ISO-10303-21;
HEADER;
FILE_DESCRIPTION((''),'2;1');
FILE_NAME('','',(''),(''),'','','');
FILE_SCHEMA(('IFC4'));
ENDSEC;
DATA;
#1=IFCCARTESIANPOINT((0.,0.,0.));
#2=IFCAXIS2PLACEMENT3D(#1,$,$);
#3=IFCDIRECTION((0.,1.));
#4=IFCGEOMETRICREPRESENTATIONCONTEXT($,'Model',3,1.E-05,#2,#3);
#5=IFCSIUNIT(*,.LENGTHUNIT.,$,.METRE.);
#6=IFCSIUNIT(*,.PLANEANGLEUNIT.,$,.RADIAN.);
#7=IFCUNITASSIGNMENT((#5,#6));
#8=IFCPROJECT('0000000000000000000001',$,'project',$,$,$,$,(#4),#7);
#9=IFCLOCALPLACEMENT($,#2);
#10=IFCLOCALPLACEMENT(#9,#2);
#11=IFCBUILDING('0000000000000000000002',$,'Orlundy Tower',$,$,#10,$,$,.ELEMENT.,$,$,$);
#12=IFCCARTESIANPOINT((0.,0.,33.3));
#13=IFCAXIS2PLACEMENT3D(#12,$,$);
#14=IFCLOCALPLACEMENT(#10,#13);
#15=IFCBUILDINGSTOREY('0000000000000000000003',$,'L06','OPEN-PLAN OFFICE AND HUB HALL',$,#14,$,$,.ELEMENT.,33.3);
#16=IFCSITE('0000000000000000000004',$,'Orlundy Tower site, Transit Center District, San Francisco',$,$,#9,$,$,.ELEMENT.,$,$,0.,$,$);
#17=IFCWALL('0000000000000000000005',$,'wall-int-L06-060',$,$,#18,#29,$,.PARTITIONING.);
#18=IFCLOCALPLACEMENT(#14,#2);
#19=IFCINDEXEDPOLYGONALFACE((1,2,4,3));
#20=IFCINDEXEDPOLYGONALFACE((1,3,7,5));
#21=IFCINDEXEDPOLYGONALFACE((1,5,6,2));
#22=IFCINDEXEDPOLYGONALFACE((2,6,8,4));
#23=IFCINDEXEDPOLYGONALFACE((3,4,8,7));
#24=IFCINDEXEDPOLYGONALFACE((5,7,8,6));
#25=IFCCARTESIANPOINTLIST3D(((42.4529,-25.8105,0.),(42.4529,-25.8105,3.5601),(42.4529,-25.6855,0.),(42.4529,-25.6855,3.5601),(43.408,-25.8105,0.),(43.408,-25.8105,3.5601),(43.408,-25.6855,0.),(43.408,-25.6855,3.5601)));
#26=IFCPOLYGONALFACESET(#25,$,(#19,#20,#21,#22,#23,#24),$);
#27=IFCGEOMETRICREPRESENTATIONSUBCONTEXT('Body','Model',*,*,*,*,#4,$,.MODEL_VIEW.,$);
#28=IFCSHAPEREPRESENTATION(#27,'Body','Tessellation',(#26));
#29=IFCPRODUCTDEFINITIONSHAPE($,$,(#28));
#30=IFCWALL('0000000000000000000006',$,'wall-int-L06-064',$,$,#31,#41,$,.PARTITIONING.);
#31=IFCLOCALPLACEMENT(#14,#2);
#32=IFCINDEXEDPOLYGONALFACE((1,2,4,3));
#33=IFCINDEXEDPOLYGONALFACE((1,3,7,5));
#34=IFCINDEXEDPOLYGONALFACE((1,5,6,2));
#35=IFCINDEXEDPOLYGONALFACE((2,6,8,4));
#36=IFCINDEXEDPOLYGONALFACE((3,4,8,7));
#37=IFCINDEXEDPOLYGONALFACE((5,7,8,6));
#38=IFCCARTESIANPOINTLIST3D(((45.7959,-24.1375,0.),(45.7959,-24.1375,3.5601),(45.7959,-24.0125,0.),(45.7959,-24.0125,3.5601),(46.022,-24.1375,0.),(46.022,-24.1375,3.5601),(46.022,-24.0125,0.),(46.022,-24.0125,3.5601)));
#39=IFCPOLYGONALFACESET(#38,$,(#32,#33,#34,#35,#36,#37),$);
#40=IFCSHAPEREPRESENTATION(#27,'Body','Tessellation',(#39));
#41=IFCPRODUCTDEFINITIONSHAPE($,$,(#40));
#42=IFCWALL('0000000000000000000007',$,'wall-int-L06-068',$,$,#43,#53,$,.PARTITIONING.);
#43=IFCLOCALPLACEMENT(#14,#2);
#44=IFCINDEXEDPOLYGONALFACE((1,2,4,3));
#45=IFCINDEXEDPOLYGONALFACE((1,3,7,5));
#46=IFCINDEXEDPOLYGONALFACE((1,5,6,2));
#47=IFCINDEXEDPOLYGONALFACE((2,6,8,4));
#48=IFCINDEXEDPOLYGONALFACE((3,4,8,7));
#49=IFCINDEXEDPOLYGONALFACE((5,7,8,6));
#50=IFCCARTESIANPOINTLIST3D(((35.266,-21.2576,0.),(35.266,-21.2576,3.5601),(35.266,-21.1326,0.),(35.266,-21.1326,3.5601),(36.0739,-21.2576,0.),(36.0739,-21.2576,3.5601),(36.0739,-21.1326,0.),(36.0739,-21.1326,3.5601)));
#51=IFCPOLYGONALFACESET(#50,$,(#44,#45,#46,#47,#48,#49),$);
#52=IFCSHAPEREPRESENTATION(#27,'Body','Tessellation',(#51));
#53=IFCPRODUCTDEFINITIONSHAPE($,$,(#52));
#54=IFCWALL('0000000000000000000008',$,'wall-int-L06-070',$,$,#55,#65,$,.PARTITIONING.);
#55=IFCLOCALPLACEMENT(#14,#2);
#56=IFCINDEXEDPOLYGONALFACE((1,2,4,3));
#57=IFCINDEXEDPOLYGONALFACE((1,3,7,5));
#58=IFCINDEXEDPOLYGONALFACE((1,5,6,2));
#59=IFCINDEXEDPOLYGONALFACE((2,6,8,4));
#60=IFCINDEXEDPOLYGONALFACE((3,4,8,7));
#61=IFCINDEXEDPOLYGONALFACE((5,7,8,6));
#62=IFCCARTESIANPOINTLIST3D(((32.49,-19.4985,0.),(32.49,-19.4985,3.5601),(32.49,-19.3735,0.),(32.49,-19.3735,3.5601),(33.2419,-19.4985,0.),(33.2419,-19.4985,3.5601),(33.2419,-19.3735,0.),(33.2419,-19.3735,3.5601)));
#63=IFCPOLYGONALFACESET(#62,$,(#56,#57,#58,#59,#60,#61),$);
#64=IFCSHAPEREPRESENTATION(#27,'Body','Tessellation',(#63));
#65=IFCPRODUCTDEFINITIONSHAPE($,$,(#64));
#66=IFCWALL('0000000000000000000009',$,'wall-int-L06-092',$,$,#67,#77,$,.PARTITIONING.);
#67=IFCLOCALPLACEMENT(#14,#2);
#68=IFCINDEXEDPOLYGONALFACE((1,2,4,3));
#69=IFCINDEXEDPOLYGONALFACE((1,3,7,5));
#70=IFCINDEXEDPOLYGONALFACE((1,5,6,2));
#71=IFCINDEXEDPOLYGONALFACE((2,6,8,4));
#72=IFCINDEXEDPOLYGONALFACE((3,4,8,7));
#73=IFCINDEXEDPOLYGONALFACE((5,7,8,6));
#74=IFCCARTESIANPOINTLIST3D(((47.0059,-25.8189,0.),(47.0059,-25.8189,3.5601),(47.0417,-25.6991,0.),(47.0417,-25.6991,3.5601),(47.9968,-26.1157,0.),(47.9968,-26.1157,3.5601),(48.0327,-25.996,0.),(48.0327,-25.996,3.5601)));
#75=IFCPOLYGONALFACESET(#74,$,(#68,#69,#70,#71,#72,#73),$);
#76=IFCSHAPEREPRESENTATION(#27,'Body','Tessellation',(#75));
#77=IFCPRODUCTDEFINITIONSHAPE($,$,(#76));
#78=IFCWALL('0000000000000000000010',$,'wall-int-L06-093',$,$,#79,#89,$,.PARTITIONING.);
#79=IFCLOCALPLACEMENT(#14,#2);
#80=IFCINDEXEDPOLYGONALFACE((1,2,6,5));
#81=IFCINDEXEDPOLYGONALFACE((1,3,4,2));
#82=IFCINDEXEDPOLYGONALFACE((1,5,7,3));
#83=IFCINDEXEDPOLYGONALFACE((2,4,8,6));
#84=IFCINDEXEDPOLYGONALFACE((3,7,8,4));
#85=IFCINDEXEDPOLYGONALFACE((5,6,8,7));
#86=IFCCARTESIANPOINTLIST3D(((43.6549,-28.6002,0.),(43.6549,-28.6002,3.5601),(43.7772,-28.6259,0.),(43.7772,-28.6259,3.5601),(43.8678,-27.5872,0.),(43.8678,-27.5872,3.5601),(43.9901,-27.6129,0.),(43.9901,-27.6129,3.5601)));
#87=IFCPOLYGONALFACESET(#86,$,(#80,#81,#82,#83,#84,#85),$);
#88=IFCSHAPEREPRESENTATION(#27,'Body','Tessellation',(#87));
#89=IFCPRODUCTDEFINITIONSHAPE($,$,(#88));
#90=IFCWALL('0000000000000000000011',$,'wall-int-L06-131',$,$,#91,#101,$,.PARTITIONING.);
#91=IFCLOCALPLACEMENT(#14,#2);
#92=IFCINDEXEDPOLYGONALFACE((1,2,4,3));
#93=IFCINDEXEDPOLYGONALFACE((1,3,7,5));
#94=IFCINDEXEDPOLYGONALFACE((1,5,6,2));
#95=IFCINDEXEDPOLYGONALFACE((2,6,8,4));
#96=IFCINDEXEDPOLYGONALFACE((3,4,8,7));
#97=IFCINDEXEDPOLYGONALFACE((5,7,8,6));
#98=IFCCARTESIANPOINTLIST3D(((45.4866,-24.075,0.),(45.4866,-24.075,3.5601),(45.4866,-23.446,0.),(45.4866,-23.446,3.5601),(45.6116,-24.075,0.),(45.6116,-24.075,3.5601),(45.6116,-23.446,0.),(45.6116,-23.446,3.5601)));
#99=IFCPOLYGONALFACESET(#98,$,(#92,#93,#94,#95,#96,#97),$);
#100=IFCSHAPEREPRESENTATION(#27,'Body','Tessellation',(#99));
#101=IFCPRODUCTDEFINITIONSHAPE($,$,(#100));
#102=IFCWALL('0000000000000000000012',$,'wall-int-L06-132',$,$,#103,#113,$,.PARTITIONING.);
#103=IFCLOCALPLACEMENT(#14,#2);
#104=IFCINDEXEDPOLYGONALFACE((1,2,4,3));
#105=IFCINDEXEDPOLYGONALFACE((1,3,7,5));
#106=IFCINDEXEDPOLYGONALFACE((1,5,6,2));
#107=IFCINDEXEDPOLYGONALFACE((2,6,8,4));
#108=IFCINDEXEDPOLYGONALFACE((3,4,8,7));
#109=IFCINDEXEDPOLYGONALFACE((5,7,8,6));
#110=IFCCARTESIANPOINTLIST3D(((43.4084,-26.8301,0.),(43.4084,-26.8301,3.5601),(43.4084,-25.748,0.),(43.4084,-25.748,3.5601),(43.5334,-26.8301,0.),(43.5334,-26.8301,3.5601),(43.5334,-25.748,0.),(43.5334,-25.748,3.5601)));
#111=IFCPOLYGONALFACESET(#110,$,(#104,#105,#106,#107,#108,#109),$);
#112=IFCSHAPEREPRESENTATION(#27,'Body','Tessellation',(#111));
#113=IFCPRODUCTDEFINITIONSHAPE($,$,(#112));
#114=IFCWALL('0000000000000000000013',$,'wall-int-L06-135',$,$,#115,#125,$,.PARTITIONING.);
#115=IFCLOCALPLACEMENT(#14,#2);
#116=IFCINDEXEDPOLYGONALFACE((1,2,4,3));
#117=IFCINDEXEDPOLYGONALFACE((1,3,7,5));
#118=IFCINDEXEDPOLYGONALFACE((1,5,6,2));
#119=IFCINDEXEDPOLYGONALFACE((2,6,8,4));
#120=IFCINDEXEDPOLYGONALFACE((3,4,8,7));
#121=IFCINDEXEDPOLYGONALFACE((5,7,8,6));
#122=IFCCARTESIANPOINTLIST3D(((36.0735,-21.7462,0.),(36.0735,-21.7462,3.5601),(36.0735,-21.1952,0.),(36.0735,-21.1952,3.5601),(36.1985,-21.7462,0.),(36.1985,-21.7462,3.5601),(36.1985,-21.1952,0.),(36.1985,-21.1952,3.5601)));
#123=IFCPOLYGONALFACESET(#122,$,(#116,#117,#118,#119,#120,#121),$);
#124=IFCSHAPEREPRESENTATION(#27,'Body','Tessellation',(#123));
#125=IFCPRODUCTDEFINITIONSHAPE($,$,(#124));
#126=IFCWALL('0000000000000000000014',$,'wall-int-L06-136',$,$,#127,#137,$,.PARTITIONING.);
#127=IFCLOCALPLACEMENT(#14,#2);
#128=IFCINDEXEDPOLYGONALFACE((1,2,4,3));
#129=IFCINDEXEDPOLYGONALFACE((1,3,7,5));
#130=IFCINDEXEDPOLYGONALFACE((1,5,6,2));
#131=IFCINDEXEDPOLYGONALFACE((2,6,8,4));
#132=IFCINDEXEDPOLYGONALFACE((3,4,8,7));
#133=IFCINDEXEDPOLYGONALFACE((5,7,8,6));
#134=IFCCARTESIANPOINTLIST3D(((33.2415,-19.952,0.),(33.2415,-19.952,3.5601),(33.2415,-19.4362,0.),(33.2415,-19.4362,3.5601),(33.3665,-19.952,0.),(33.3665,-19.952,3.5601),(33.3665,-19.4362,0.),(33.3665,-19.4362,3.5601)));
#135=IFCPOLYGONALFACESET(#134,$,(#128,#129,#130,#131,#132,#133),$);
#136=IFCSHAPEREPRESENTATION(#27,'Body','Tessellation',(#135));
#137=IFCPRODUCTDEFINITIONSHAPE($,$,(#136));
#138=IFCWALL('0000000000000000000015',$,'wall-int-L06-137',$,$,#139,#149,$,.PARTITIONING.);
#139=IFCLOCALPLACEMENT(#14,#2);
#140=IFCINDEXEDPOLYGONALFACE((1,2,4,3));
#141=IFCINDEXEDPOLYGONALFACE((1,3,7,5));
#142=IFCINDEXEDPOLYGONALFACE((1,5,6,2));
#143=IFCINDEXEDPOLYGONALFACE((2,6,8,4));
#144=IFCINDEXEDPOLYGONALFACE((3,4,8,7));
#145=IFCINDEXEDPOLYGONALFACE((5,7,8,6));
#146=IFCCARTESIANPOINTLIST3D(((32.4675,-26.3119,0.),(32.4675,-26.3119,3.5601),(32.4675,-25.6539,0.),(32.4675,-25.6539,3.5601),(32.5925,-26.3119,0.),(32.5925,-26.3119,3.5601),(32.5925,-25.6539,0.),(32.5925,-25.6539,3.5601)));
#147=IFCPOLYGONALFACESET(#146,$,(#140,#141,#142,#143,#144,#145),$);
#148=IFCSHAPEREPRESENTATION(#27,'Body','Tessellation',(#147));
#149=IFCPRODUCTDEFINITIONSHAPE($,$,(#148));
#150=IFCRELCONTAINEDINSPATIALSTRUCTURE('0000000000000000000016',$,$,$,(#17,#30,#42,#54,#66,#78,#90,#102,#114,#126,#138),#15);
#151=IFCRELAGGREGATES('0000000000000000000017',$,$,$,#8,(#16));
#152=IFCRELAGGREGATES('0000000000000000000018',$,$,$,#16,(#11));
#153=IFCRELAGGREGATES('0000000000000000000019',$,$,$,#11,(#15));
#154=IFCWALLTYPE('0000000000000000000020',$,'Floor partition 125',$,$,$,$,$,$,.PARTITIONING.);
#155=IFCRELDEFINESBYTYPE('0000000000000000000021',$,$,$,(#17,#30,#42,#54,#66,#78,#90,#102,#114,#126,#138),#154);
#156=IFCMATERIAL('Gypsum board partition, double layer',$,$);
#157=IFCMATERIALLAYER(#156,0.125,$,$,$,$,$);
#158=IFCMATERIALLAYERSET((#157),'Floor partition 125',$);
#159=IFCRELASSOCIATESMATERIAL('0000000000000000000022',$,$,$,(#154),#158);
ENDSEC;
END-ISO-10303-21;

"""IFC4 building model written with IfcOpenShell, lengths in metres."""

from ifc_helpers import new_model, si_unit, direction, frame, frame_2d, origin, place, context, subcontext, project, spatial, rectangle, extrude, material, layer, layer_set, type_object, element, save


model = new_model("IFC4")

# Units and contexts
model_context = context("Model", 3, precision=1e-05, world=origin(), true_north=direction((0.0, 1.0)))
body_context = subcontext(model_context, "Body", "Model", "MODEL_VIEW")
ifc_project = project(units=[si_unit("LENGTHUNIT", "METRE"), si_unit("PLANEANGLEUNIT", "RADIAN")], contexts=[model_context])

# Site, building, storey
site_placement = place(None, origin())
site = spatial("IfcSite", under=ifc_project, at=site_placement, Name="Orlundy Tower site, Transit Center District, San Francisco", CompositionType="ELEMENT", RefElevation=0.0)
building_placement = place(site_placement, origin())
building = spatial("IfcBuilding", under=site, at=building_placement, Name="Orlundy Tower", CompositionType="ELEMENT")
storey_placement = place(building_placement, frame((0.0, 0.0, 33.3)))
storey = spatial("IfcBuildingStorey", under=building, at=storey_placement, Name="L06", Description="OPEN-PLAN OFFICE AND HUB HALL", CompositionType="ELEMENT", Elevation=33.3)

# Shared definitions
ifc_material_1 = material(Name="Gypsum board partition, double layer")
ifc_layer_1 = layer(ifc_material_1, 0.125)
ifc_layer_set_1 = layer_set([ifc_layer_1], Name="Floor partition 125")
wall_type_1 = type_object("IfcWallType", Name="Floor partition 125", PredefinedType="PARTITIONING", material=ifc_layer_set_1)

# Walls
wall_1_placement = place(storey_placement, frame((42.4529, -25.748, 0.0), z_axis=(0.0, 0.0, 1.0), x_axis=(1.0, 0.0, 0.0)))
element("IfcWall", 1, at=wall_1_placement, inside=storey, type_object=wall_type_1, Name="wall-int-L06-060", PredefinedType="PARTITIONING", context=body_context, shape_type="SweptSolid", body=[
    extrude(rectangle(XDim=0.9551, YDim=0.125, at=frame_2d((0.4775, 0.0))), origin(), (0.0, 0.0, 1.0), 3.5601),
])
wall_2_placement = place(storey_placement, frame((45.7959, -24.075, 0.0), z_axis=(0.0, 0.0, 1.0), x_axis=(1.0, 0.0, 0.0)))
element("IfcWall", 2, at=wall_2_placement, inside=storey, type_object=wall_type_1, Name="wall-int-L06-064", PredefinedType="PARTITIONING", context=body_context, shape_type="SweptSolid", body=[
    extrude(rectangle(XDim=0.2261, YDim=0.125, at=frame_2d((0.113, 0.0))), origin(), (0.0, 0.0, 1.0), 3.5601),
])
wall_3_placement = place(storey_placement, frame((35.2661, -21.1951, 0.0), z_axis=(0.0, 0.0, 1.0), x_axis=(1.0, 0.0, 0.0)))
element("IfcWall", 3, at=wall_3_placement, inside=storey, type_object=wall_type_1, Name="wall-int-L06-068", PredefinedType="PARTITIONING", context=body_context, shape_type="SweptSolid", body=[
    extrude(rectangle(XDim=0.8079, YDim=0.125, at=frame_2d((0.4038, 0.0))), origin(), (0.0, 0.0, 1.0), 3.5601),
])
wall_4_placement = place(storey_placement, frame((32.49, -19.436, 0.0), z_axis=(0.0, 0.0, 1.0), x_axis=(1.0, 0.0, 0.0)))
element("IfcWall", 4, at=wall_4_placement, inside=storey, type_object=wall_type_1, Name="wall-int-L06-070", PredefinedType="PARTITIONING", context=body_context, shape_type="SweptSolid", body=[
    extrude(rectangle(XDim=0.752, YDim=0.125, at=frame_2d((0.376, 0.0))), origin(), (0.0, 0.0, 1.0), 3.5601),
])
wall_5_placement = place(storey_placement, frame((47.0239, -25.759, 0.0), z_axis=(0.0, 0.0, 1.0), x_axis=(0.957937, -0.28698, 0.0)))
element("IfcWall", 5, at=wall_5_placement, inside=storey, type_object=wall_type_1, Name="wall-int-L06-092", PredefinedType="PARTITIONING", context=body_context, shape_type="SweptSolid", body=[
    extrude(rectangle(XDim=1.0344, YDim=0.125, at=frame_2d((0.5171, 0.0))), origin(), (0.0, 0.0, 1.0), 3.5601),
])
wall_6_placement = place(storey_placement, frame((43.7161, -28.613, 0.0), z_axis=(0.0, 0.0, 1.0), x_axis=(0.205678, 0.97862, 0.0)))
element("IfcWall", 6, at=wall_6_placement, inside=storey, type_object=wall_type_1, Name="wall-int-L06-093", PredefinedType="PARTITIONING", context=body_context, shape_type="SweptSolid", body=[
    extrude(rectangle(XDim=1.0352, YDim=0.125, at=frame_2d((0.5176, 0.0))), origin(), (0.0, 0.0, 1.0), 3.5601),
])
wall_7_placement = place(storey_placement, frame((45.5491, -24.075, 0.0), z_axis=(0.0, 0.0, 1.0), x_axis=(0.0, 1.0, 0.0)))
element("IfcWall", 7, at=wall_7_placement, inside=storey, type_object=wall_type_1, Name="wall-int-L06-131", PredefinedType="PARTITIONING", context=body_context, shape_type="SweptSolid", body=[
    extrude(rectangle(XDim=0.6289, YDim=0.125, at=frame_2d((0.3145, 0.0))), origin(), (0.0, 0.0, 1.0), 3.5601),
])
wall_8_placement = place(storey_placement, frame((43.4709, -26.8301, 0.0), z_axis=(0.0, 0.0, 1.0), x_axis=(0.0, 1.0, 0.0)))
element("IfcWall", 8, at=wall_8_placement, inside=storey, type_object=wall_type_1, Name="wall-int-L06-132", PredefinedType="PARTITIONING", context=body_context, shape_type="SweptSolid", body=[
    extrude(rectangle(XDim=1.082, YDim=0.125, at=frame_2d((0.541, 0.0))), origin(), (0.0, 0.0, 1.0), 3.5601),
])
wall_9_placement = place(storey_placement, frame((36.136, -21.7461, 0.0), z_axis=(0.0, 0.0, 1.0), x_axis=(0.0, 1.0, 0.0)))
element("IfcWall", 9, at=wall_9_placement, inside=storey, type_object=wall_type_1, Name="wall-int-L06-135", PredefinedType="PARTITIONING", context=body_context, shape_type="SweptSolid", body=[
    extrude(rectangle(XDim=0.551, YDim=0.125, at=frame_2d((0.2754, 0.0))), origin(), (0.0, 0.0, 1.0), 3.5601),
])
wall_10_placement = place(storey_placement, frame((33.304, -19.9519, 0.0), z_axis=(0.0, 0.0, 1.0), x_axis=(0.0, 1.0, 0.0)))
element("IfcWall", 10, at=wall_10_placement, inside=storey, type_object=wall_type_1, Name="wall-int-L06-136", PredefinedType="PARTITIONING", context=body_context, shape_type="SweptSolid", body=[
    extrude(rectangle(XDim=0.5159, YDim=0.125, at=frame_2d((0.2578, 0.0))), origin(), (0.0, 0.0, 1.0), 3.5601),
])
wall_11_placement = place(storey_placement, frame((32.53, -26.312, 0.0), z_axis=(0.0, 0.0, 1.0), x_axis=(0.0, 1.0, 0.0)))
element("IfcWall", 11, at=wall_11_placement, inside=storey, type_object=wall_type_1, Name="wall-int-L06-137", PredefinedType="PARTITIONING", context=body_context, shape_type="SweptSolid", body=[
    extrude(rectangle(XDim=0.658, YDim=0.125, at=frame_2d((0.3291, 0.0))), origin(), (0.0, 0.0, 1.0), 3.5601),
])

save(model, "model.ifc")
